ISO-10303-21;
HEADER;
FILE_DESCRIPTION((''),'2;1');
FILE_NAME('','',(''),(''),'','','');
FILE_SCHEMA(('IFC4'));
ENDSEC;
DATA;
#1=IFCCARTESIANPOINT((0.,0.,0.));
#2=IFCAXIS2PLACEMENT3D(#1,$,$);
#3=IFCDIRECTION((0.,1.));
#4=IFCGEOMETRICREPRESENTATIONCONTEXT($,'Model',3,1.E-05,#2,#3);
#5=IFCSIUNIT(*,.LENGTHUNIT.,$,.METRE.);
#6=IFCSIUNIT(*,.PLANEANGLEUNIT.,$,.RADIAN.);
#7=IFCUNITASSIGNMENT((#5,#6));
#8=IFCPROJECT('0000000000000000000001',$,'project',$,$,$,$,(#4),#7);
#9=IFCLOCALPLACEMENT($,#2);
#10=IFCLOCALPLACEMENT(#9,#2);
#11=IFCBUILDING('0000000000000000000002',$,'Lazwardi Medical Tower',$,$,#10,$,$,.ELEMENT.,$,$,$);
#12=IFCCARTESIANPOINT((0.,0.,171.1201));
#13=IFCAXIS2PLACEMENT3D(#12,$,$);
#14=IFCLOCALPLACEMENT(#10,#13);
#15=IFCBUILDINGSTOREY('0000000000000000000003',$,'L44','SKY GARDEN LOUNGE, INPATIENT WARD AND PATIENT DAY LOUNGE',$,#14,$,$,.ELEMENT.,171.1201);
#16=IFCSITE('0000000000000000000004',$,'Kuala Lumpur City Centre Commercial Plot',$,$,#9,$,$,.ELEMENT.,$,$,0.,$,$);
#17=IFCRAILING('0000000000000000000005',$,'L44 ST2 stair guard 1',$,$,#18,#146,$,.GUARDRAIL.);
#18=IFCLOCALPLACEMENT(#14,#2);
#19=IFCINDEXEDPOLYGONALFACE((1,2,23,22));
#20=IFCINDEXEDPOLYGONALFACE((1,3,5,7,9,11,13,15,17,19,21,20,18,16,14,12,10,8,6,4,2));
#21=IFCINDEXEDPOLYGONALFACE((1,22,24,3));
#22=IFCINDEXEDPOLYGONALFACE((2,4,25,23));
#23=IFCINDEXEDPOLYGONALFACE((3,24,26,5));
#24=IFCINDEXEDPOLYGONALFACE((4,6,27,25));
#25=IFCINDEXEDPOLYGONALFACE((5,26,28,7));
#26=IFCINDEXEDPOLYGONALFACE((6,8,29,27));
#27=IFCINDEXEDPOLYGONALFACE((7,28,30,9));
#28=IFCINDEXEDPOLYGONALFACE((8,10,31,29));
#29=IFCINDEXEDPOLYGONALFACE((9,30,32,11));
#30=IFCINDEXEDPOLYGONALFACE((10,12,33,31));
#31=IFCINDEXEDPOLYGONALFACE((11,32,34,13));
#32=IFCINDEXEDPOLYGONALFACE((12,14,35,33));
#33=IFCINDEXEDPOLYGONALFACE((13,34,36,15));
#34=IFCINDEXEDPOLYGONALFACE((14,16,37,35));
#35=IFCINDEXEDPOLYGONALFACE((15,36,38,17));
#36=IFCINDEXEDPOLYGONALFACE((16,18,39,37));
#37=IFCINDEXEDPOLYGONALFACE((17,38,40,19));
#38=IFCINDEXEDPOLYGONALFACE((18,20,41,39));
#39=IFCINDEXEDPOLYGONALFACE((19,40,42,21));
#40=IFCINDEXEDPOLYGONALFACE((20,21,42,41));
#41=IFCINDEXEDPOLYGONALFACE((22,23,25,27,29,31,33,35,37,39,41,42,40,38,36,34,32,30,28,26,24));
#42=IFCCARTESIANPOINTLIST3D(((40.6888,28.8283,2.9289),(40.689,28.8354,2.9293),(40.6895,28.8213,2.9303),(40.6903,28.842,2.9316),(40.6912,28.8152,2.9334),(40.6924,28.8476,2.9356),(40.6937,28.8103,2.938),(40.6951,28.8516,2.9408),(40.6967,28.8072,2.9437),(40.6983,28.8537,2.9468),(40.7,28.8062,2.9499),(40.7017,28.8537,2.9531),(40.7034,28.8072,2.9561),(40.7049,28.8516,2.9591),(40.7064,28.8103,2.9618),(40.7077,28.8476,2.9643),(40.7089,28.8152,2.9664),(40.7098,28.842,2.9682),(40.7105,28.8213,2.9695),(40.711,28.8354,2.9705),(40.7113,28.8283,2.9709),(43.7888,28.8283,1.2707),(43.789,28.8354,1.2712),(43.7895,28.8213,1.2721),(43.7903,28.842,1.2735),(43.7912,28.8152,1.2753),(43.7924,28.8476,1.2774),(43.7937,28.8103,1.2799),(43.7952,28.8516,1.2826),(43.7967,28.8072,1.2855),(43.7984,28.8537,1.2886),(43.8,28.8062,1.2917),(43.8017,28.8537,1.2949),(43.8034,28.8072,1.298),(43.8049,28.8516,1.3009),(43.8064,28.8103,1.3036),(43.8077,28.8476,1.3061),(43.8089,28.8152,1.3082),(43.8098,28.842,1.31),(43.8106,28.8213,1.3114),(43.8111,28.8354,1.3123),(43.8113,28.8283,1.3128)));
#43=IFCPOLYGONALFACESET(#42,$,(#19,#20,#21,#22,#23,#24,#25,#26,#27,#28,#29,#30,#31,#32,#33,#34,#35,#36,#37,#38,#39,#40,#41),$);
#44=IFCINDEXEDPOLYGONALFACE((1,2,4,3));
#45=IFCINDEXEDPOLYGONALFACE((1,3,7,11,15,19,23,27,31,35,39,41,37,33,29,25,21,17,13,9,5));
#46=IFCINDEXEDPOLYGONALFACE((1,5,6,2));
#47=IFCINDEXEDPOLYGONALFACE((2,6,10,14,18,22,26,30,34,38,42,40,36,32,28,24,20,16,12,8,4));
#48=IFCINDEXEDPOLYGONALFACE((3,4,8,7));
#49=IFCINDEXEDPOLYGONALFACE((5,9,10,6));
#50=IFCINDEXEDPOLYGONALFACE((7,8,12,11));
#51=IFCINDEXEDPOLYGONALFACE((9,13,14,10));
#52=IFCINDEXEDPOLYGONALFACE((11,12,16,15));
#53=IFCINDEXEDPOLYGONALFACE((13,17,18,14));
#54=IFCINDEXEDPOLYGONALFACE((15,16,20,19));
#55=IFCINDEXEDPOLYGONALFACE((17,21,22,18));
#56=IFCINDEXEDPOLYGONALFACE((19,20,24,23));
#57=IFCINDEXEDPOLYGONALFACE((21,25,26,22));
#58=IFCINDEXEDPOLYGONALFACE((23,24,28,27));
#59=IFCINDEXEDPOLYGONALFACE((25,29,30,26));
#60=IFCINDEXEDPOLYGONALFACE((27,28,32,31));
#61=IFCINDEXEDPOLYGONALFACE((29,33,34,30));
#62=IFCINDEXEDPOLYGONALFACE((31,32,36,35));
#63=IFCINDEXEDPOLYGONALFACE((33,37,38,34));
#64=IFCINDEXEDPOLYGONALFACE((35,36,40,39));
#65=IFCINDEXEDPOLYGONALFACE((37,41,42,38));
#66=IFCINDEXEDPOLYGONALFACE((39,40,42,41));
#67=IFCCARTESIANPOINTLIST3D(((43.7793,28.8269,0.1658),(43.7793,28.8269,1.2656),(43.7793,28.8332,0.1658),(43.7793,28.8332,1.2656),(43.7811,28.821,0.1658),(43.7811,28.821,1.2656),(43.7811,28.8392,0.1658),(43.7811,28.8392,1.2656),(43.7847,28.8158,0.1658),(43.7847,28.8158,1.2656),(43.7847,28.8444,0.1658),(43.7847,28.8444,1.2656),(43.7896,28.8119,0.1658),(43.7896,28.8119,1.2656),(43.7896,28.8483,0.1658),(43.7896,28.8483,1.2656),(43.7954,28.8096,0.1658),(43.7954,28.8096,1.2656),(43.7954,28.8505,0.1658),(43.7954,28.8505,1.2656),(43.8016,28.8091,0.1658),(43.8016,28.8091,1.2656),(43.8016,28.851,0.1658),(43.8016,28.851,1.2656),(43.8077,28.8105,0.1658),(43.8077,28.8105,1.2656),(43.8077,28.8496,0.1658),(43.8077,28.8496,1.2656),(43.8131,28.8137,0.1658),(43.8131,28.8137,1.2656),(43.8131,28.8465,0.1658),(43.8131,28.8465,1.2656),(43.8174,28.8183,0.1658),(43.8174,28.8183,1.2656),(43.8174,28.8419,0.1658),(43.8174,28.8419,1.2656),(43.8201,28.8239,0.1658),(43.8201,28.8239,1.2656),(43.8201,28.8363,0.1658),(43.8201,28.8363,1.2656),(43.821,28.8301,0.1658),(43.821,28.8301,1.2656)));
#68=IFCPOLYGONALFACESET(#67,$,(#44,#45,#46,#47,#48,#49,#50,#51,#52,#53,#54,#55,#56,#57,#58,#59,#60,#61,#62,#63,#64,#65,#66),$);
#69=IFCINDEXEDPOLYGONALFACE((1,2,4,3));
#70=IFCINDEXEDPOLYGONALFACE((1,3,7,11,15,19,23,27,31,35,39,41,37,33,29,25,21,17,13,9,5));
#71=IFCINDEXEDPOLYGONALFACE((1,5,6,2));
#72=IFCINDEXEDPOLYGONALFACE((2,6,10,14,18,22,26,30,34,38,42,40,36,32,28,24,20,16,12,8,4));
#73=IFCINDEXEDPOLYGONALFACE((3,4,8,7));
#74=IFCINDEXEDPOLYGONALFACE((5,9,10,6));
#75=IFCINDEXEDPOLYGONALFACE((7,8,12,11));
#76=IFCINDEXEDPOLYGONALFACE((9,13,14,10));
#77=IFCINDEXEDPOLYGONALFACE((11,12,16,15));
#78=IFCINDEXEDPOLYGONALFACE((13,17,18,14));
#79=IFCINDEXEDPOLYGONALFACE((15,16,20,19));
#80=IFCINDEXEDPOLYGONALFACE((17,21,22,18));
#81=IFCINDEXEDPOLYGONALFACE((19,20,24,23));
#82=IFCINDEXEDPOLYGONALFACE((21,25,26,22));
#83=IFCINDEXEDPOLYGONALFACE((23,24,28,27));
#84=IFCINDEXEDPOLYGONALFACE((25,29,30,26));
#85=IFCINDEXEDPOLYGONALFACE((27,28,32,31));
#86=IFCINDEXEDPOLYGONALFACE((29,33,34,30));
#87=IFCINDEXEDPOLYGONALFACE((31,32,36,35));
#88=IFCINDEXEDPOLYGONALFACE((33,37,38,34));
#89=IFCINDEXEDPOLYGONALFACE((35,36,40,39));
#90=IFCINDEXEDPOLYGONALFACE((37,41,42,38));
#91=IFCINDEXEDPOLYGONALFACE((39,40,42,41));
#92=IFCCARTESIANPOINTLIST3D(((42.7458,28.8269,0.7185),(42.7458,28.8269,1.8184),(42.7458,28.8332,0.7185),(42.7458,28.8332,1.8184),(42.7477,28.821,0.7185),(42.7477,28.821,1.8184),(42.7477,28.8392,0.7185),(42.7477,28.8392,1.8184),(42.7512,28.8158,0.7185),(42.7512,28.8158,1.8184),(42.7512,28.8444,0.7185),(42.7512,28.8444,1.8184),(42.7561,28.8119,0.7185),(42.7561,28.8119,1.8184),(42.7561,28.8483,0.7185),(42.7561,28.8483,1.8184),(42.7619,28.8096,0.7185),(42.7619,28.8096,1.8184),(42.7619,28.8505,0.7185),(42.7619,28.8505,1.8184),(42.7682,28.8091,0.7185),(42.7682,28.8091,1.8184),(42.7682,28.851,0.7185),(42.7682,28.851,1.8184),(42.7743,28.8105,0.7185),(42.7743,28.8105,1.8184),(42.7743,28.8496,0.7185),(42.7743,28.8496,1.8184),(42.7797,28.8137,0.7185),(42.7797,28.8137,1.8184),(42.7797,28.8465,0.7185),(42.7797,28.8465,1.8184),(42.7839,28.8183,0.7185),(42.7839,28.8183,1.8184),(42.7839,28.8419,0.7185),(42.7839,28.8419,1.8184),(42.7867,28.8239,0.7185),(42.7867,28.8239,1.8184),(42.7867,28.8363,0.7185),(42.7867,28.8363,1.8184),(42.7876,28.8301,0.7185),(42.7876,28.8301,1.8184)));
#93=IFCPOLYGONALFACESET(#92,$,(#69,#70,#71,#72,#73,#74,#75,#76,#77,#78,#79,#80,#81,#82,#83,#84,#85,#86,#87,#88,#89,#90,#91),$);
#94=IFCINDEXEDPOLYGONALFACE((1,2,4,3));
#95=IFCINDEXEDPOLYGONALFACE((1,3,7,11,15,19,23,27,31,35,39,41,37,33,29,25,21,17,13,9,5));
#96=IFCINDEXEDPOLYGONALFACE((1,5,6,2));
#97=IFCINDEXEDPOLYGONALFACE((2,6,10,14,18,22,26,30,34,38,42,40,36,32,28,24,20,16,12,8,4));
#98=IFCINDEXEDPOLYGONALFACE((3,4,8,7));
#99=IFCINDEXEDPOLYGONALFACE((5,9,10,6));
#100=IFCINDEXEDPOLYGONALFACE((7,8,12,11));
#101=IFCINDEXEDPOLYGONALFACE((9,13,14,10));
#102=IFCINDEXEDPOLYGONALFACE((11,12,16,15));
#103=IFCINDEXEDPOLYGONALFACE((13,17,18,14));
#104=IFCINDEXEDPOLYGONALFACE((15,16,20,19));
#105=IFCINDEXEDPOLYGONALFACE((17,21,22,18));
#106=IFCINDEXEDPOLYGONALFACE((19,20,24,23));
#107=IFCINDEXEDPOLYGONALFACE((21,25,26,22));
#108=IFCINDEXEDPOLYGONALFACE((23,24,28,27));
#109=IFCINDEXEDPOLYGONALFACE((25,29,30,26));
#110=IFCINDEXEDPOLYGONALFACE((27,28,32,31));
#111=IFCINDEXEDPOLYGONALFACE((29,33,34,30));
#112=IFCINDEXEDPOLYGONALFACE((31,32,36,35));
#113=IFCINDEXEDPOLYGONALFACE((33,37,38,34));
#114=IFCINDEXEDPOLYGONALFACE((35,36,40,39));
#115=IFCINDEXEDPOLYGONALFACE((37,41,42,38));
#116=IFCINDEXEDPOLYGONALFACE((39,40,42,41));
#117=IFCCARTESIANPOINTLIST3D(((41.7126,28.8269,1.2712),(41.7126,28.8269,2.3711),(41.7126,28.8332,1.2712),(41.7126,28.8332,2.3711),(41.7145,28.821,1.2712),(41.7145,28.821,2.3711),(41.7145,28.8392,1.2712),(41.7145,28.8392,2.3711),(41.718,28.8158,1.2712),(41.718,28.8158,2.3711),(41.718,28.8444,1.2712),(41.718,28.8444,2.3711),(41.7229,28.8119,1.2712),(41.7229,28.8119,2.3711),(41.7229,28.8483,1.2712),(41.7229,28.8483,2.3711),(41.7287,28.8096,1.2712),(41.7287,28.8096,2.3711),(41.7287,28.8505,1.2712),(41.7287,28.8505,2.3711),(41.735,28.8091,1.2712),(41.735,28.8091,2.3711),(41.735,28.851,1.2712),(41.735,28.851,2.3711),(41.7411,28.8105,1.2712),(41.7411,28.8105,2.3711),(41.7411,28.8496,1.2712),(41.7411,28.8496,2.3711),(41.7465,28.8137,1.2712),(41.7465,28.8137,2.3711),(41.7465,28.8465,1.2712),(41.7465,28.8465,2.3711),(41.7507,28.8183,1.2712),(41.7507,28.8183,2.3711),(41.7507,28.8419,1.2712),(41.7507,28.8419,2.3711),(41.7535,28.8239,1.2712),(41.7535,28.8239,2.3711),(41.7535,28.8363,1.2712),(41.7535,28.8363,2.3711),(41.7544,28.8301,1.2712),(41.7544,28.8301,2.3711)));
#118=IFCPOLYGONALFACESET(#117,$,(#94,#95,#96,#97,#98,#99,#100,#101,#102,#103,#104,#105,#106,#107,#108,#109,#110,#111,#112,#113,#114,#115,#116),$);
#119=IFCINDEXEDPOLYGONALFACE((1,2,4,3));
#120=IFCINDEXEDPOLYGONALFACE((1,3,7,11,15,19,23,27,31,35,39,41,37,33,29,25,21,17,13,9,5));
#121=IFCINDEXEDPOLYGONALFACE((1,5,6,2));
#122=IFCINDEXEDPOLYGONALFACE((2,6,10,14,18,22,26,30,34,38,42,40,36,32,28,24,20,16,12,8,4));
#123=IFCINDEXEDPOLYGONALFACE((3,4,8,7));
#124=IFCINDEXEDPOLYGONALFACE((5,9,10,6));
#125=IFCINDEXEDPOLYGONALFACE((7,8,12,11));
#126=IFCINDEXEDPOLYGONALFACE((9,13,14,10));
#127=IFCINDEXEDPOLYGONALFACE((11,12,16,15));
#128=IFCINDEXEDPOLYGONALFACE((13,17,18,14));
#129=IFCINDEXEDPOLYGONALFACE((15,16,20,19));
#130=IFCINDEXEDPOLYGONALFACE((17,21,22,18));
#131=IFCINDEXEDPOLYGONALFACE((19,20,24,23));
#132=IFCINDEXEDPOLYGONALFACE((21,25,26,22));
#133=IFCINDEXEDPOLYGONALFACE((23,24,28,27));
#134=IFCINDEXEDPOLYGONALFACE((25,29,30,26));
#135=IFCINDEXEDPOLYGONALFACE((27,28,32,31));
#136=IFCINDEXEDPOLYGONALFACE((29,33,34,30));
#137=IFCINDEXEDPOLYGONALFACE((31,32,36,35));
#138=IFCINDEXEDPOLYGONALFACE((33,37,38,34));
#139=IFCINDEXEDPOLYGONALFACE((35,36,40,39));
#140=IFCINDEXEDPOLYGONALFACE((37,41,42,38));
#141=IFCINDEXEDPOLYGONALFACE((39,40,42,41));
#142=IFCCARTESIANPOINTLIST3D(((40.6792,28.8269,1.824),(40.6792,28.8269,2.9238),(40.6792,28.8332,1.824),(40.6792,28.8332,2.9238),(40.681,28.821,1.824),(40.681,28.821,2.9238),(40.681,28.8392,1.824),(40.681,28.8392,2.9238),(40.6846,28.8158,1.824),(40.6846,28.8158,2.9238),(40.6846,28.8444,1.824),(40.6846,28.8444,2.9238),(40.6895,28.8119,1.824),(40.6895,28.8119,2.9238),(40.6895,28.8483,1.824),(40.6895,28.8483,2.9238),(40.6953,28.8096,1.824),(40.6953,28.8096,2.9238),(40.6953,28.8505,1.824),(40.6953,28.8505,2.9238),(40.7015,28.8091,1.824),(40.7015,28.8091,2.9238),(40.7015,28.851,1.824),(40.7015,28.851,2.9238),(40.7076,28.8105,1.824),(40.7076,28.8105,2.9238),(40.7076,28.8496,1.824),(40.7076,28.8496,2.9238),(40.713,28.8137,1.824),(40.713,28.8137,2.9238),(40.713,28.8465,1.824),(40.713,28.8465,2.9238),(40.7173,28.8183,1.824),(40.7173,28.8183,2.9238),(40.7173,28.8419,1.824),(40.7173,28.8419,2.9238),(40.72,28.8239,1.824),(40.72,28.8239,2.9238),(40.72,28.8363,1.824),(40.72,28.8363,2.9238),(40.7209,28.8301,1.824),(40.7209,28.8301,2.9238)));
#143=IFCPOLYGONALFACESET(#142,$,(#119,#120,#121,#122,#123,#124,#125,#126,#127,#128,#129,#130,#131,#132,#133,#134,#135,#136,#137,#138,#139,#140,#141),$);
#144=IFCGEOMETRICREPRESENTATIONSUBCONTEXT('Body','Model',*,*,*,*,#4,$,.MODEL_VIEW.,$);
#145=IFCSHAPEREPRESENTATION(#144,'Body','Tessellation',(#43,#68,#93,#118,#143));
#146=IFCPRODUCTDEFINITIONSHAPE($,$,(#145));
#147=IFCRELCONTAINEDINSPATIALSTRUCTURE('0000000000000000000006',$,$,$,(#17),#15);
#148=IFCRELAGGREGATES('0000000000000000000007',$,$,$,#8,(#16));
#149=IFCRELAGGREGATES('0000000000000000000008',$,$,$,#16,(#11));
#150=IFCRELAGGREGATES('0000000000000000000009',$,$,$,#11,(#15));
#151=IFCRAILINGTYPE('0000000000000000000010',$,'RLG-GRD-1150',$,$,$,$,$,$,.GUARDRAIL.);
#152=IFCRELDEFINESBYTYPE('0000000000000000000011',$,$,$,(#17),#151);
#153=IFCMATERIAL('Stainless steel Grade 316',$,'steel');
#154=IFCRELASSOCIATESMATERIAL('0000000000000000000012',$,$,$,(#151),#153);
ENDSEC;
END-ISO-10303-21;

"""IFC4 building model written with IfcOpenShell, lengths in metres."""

from ifc_helpers import new_model, si_unit, direction, frame, origin, origin_2d, place, context, subcontext, project, spatial, circle, extrude, material, type_object, element, save


model = new_model("IFC4")

# Units and contexts
model_context = context("Model", 3, precision=1e-05, world=origin(), true_north=direction((0.0, 1.0)))
body_context = subcontext(model_context, "Body", "Model", "MODEL_VIEW")
ifc_project = project(units=[si_unit("LENGTHUNIT", "METRE"), si_unit("PLANEANGLEUNIT", "RADIAN")], contexts=[model_context])

# Site, building, storey
site_placement = place(None, origin())
site = spatial("IfcSite", under=ifc_project, at=site_placement, Name="Kuala Lumpur City Centre Commercial Plot", CompositionType="ELEMENT", RefElevation=0.0)
building_placement = place(site_placement, origin())
building = spatial("IfcBuilding", under=site, at=building_placement, Name="Lazwardi Medical Tower", CompositionType="ELEMENT")
storey_placement = place(building_placement, frame((0.0, 0.0, 171.1201)))
storey = spatial("IfcBuildingStorey", under=building, at=storey_placement, Name="L44", Description="SKY GARDEN LOUNGE, INPATIENT WARD AND PATIENT DAY LOUNGE", CompositionType="ELEMENT", Elevation=171.1201)

# Railing
ifc_material_1 = material(Name="Stainless steel Grade 316", Category="steel")
railing_type_1 = type_object("IfcRailingType", Name="RLG-GRD-1150", PredefinedType="GUARDRAIL", material=ifc_material_1)
railing_1_placement = place(storey_placement, frame((43.8, 28.8301, 0.1658)))
element("IfcRailing", 1, at=railing_1_placement, inside=storey, type_object=railing_type_1, Name="L44 ST2 stair guard 1", PredefinedType="GUARDRAIL", context=body_context, shape_type="SweptSolid", body=[
    extrude(circle(Radius=0.0239, at=origin_2d()), frame((0.0, 0.0, 1.126), z_axis=(-0.881783, 0.0, 0.471655), x_axis=(0.0, -1.0, 0.0)), (0.0, 0.0, 1.0), 3.5156),
    extrude(circle(Radius=0.021, at=origin_2d()), origin(), (0.0, 0.0, 1.0), 1.0999),
    extrude(circle(Radius=0.021, at=origin_2d()), frame((-1.0334, 0.0, 0.5527)), (0.0, 0.0, 1.0), 1.0999),
    extrude(circle(Radius=0.021, at=origin_2d()), frame((-2.0667, 0.0, 1.1055)), (0.0, 0.0, 1.0), 1.0999),
    extrude(circle(Radius=0.021, at=origin_2d()), frame((-3.1001, 0.0, 1.6582)), (0.0, 0.0, 1.0), 1.0999),
])

save(model, "model.ifc")
